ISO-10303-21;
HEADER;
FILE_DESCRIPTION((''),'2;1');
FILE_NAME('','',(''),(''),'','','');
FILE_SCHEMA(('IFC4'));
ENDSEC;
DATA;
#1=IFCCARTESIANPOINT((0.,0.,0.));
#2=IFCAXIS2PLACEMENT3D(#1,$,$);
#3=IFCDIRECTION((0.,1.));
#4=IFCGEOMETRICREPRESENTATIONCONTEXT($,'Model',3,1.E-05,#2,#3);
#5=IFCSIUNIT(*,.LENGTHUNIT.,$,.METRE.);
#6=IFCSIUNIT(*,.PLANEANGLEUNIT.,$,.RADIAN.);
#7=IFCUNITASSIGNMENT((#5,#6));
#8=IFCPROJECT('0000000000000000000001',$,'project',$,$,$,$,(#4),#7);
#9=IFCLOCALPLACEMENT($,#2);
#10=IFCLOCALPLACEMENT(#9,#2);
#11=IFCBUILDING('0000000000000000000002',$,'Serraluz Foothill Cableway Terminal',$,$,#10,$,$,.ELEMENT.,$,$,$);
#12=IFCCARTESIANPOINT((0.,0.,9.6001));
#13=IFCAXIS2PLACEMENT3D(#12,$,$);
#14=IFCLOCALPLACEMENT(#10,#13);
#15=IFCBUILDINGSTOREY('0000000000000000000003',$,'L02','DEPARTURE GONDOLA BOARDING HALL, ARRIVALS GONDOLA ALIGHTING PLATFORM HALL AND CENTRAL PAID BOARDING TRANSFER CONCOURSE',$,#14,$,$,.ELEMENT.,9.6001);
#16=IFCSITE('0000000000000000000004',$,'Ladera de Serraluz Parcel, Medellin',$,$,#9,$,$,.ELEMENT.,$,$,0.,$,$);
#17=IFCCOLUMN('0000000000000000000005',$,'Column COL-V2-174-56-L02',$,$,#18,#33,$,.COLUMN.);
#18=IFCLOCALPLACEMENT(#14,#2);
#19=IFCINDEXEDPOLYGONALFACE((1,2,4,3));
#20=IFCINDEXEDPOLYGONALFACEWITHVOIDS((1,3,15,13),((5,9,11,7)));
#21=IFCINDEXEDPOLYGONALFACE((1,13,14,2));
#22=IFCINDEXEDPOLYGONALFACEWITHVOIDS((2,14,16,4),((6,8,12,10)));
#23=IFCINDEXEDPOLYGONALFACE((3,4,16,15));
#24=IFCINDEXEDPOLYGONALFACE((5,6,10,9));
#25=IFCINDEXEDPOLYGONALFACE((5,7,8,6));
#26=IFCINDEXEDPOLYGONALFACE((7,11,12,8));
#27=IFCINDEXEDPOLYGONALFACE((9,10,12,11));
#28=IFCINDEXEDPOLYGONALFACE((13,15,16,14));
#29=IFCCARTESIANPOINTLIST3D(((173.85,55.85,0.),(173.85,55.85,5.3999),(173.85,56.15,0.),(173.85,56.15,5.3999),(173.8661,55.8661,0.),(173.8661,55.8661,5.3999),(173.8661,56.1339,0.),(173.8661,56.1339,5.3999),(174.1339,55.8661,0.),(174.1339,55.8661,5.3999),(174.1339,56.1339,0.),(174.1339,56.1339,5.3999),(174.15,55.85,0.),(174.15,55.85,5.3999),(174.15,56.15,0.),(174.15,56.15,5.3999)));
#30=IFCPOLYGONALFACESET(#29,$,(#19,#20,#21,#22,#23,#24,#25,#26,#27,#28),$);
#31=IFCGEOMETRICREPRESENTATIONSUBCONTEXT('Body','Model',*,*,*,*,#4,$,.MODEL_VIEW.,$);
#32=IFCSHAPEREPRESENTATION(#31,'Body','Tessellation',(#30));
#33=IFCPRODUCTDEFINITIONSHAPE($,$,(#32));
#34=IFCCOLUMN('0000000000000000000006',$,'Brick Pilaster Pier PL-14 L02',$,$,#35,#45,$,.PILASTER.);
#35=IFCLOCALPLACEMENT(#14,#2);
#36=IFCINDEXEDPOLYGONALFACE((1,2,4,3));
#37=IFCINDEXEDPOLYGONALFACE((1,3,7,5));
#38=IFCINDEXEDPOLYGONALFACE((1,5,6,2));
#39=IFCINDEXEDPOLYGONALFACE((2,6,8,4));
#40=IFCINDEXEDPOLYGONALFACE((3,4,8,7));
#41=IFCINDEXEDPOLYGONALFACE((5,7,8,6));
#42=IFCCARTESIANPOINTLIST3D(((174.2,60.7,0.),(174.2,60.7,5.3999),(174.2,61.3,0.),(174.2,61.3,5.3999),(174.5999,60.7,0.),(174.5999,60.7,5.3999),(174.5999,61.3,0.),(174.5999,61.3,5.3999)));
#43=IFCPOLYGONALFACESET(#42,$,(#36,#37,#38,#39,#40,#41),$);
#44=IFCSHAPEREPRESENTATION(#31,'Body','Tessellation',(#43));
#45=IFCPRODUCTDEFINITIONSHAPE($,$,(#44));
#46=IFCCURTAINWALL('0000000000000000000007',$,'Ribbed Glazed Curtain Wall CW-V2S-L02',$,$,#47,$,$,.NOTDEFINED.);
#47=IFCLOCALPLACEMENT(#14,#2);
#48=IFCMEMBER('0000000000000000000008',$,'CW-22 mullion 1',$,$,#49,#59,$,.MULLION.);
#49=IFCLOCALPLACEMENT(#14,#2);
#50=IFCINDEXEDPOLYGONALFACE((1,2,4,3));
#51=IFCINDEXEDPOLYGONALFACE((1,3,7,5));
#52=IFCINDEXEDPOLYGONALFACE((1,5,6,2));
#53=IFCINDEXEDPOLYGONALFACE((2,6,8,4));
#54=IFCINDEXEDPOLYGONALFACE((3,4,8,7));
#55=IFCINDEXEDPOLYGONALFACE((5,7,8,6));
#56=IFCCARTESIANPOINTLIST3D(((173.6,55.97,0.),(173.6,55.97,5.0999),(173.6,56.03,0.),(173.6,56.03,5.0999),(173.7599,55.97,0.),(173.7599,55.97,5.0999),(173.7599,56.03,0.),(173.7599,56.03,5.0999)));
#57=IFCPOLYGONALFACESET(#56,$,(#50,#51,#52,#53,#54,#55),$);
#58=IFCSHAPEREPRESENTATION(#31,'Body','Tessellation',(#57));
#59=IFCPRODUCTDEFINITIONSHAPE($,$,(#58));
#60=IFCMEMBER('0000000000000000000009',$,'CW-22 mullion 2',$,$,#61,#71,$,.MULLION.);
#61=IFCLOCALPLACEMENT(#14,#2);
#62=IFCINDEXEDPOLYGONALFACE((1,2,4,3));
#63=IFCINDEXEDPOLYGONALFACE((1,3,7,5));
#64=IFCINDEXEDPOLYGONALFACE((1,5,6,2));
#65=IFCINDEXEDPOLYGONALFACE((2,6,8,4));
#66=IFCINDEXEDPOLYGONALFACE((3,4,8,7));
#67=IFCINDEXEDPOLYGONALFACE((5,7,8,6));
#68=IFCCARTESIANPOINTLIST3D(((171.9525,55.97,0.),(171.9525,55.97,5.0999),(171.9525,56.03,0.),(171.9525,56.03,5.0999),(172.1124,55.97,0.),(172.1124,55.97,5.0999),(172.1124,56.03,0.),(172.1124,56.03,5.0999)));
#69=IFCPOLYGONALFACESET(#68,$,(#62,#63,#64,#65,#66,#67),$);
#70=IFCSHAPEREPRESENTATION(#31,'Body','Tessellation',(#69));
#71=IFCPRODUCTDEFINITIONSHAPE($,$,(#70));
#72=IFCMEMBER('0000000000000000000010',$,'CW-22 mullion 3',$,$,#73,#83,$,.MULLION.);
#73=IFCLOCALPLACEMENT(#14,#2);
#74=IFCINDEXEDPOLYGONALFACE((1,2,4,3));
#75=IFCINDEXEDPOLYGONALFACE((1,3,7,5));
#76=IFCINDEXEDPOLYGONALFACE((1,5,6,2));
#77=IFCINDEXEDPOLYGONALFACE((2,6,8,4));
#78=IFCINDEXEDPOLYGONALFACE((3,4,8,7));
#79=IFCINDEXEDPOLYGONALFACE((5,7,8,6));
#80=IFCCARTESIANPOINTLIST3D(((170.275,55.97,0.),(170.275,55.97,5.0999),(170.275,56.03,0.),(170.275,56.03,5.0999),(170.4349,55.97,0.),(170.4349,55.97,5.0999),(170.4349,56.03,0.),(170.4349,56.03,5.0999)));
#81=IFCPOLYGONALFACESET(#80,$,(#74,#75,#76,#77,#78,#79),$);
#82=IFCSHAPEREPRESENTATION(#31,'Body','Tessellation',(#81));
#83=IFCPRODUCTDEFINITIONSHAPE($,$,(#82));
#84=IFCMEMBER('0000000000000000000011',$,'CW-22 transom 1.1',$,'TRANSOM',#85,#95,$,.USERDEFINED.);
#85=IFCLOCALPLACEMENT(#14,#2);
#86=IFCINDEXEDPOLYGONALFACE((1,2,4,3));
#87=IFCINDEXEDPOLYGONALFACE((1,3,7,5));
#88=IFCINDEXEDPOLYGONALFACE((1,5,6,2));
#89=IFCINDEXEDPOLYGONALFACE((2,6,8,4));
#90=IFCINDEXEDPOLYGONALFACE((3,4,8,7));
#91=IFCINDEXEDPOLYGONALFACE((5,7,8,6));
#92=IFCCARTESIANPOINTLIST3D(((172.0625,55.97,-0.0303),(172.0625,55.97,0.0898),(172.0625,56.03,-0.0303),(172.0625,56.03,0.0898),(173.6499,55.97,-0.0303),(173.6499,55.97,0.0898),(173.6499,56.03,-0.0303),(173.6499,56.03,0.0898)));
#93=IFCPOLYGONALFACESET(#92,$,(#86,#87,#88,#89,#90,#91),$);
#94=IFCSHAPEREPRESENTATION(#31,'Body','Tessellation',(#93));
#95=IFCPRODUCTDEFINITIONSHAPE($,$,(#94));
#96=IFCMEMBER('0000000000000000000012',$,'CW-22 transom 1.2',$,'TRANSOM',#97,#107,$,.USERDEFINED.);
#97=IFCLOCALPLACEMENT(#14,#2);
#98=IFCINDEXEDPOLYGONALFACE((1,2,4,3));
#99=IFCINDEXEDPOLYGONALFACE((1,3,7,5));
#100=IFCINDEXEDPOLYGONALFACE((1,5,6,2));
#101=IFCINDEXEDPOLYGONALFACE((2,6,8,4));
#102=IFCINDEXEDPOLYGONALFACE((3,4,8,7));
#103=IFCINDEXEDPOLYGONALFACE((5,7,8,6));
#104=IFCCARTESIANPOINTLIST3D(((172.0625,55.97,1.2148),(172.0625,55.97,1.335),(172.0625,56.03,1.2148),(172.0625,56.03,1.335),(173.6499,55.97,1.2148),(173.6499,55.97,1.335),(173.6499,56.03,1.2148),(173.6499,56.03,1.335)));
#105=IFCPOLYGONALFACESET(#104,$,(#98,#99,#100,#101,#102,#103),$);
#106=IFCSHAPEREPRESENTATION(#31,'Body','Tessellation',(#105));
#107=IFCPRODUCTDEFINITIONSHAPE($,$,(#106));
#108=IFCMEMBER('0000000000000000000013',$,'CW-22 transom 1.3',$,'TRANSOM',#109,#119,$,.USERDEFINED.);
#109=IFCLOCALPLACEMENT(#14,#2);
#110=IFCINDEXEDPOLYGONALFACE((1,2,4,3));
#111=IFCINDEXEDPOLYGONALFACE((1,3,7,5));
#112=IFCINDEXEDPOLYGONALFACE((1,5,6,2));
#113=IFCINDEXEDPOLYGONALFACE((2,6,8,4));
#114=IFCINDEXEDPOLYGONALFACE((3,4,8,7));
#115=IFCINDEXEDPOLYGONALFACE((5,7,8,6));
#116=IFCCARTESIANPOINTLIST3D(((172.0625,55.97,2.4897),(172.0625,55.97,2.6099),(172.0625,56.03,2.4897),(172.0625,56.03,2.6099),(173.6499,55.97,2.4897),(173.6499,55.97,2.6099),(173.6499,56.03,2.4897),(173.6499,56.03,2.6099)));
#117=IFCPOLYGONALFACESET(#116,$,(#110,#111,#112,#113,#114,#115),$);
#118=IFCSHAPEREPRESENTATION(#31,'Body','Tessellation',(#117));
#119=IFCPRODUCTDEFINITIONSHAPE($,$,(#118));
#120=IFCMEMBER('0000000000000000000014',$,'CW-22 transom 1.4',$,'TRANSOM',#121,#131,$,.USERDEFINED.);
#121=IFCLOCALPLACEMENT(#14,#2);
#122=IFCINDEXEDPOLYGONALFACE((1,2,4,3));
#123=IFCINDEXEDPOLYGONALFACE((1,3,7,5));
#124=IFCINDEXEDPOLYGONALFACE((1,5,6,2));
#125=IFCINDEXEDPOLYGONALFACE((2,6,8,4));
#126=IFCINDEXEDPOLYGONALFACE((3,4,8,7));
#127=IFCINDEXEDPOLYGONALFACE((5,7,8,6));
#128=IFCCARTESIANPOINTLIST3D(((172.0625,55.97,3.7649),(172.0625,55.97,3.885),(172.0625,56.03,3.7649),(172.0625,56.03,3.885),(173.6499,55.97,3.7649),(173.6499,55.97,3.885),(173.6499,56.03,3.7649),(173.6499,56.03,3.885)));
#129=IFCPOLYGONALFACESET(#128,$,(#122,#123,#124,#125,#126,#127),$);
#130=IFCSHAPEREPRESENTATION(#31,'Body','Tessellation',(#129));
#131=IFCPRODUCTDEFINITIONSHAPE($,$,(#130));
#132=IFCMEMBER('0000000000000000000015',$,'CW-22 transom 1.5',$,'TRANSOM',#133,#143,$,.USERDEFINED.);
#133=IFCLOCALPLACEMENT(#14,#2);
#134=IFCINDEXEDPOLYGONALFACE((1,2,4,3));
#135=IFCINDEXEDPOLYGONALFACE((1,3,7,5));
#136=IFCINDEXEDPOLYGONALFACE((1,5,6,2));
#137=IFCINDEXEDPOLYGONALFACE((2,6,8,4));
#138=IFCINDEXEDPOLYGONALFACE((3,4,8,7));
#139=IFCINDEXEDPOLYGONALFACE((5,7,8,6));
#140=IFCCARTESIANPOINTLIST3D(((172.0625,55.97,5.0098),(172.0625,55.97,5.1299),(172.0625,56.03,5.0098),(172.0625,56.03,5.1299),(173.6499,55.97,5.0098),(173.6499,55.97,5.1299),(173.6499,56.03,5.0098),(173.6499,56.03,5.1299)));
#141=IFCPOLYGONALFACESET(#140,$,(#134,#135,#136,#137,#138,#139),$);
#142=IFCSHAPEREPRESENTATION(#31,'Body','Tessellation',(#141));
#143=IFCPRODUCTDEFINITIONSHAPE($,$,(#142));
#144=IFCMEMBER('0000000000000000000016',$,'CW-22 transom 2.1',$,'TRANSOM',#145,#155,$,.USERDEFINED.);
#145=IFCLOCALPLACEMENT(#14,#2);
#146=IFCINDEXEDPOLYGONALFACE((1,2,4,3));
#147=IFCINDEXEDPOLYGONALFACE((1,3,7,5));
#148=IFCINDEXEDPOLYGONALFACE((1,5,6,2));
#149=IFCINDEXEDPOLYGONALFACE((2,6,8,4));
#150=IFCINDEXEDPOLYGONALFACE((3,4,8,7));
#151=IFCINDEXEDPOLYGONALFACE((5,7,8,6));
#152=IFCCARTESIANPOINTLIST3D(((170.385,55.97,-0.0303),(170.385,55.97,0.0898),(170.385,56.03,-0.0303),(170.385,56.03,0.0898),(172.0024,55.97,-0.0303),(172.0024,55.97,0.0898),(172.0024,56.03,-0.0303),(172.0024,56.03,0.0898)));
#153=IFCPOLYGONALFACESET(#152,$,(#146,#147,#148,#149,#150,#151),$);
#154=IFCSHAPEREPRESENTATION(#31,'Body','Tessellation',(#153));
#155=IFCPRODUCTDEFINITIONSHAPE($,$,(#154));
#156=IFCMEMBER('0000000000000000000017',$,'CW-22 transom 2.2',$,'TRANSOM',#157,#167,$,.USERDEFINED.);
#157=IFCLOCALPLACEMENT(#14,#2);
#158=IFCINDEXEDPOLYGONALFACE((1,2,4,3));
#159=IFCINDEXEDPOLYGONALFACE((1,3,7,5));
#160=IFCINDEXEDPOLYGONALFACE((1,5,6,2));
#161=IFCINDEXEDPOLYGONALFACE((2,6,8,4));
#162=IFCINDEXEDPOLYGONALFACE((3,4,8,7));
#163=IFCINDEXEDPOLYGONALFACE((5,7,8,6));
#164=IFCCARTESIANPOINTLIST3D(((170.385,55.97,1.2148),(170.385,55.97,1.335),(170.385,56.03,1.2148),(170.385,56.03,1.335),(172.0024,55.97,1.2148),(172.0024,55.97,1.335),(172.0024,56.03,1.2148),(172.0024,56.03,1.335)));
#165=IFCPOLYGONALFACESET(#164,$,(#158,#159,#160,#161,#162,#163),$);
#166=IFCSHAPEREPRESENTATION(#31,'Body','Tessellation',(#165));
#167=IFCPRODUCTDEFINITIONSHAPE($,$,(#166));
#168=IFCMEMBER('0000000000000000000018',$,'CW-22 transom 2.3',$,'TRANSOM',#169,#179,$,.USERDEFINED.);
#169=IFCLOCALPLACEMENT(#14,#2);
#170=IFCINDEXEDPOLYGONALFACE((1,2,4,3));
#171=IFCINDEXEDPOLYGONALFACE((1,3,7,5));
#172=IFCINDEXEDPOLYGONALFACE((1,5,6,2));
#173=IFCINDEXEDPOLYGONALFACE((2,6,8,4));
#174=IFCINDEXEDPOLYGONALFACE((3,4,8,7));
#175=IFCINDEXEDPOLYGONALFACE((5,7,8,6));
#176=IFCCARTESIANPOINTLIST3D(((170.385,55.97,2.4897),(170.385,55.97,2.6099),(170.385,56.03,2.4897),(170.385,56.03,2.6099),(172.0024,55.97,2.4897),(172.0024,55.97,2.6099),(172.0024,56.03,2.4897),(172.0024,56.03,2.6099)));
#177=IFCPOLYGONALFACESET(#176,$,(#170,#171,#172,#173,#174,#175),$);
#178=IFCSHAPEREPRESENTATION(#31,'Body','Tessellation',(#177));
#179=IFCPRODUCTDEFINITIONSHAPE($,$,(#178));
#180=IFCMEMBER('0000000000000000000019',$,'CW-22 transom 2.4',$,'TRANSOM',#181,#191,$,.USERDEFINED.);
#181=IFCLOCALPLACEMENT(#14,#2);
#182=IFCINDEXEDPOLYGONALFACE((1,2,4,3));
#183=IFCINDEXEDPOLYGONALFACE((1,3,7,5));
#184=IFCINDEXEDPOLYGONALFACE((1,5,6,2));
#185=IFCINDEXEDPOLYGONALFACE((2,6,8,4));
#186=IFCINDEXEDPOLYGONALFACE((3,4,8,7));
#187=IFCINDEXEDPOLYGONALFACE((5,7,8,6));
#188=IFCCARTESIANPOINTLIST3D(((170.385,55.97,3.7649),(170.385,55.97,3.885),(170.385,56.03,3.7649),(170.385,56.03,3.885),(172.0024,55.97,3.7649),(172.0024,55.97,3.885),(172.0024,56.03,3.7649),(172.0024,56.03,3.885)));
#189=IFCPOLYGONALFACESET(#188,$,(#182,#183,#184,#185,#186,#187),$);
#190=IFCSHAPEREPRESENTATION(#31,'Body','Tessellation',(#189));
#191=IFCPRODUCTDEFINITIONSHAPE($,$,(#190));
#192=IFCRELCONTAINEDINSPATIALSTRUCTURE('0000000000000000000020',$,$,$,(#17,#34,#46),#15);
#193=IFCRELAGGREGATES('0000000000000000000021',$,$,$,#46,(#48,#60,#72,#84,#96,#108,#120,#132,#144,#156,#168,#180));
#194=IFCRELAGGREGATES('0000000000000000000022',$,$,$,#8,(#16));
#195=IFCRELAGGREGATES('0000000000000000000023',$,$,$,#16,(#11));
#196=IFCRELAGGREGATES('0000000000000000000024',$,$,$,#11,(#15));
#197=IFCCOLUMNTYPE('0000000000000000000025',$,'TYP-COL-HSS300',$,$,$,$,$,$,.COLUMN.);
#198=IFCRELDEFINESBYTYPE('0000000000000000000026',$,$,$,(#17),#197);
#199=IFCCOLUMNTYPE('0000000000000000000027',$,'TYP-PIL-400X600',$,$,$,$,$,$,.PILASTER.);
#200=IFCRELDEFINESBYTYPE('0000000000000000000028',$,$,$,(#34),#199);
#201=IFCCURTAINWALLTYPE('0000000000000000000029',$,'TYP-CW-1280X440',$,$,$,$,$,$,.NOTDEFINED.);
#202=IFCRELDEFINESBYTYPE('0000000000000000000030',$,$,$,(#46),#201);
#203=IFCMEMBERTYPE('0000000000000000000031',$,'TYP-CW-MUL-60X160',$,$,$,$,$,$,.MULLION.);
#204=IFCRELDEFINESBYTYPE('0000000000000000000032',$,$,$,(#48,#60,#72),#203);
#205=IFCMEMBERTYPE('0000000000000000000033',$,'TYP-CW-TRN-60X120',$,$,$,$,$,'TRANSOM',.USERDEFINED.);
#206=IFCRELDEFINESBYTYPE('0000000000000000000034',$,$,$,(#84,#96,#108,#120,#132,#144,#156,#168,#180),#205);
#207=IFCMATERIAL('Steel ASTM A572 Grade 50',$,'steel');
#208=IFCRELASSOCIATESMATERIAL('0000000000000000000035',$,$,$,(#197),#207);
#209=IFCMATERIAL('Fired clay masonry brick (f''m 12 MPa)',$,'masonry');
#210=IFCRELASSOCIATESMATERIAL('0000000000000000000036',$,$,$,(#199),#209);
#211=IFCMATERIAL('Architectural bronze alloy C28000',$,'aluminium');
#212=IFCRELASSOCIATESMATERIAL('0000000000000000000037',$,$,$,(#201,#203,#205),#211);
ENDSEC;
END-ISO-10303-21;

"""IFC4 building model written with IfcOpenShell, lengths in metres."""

from ifc_helpers import new_model, si_unit, direction, frame, origin, origin_2d, place, context, subcontext, project, spatial, rectangle, hollow_rectangle, extrude, material, material_profile, profile_set, type_object, element, aggregate, save


model = new_model("IFC4")

# Units and contexts
model_context = context("Model", 3, precision=1e-05, world=origin(), true_north=direction((0.0, 1.0)))
body_context = subcontext(model_context, "Body", "Model", "MODEL_VIEW")
ifc_project = project(units=[si_unit("LENGTHUNIT", "METRE"), si_unit("PLANEANGLEUNIT", "RADIAN")], contexts=[model_context])

# Site, building, storey
site_placement = place(None, origin())
site = spatial("IfcSite", under=ifc_project, at=site_placement, Name="Ladera de Serraluz Parcel, Medellin", CompositionType="ELEMENT", RefElevation=0.0)
building_placement = place(site_placement, origin())
building = spatial("IfcBuilding", under=site, at=building_placement, Name="Serraluz Foothill Cableway Terminal", CompositionType="ELEMENT")
storey_placement = place(building_placement, frame((0.0, 0.0, 9.6001)))
storey = spatial("IfcBuildingStorey", under=building, at=storey_placement, Name="L02", Description="DEPARTURE GONDOLA BOARDING HALL, ARRIVALS GONDOLA ALIGHTING PLATFORM HALL AND CENTRAL PAID BOARDING TRANSFER CONCOURSE", CompositionType="ELEMENT", Elevation=9.6001)

# Columns
ifc_material_1 = material(Name="Steel ASTM A572 Grade 50", Category="steel")
ifc_material_profile_1 = material_profile(ifc_material_1, hollow_rectangle(XDim=0.3, YDim=0.3, WallThickness=0.0161, at=origin_2d()), Name="HSS300X300X16")
ifc_profile_set_1 = profile_set([ifc_material_profile_1], Name="Steel ASTM A572 Grade 50")
column_type_1 = type_object("IfcColumnType", Name="TYP-COL-HSS300", PredefinedType="COLUMN", material=ifc_profile_set_1)
column_1_placement = place(storey_placement, frame((174.0, 56.0, 0.0), z_axis=(0.0, 0.0, 1.0), x_axis=(1.0, 0.0, 0.0)))
element("IfcColumn", 1, at=column_1_placement, inside=storey, type_object=column_type_1, Name="Column COL-V2-174-56-L02", PredefinedType="COLUMN", context=body_context, shape_type="SweptSolid", body=[
    extrude(hollow_rectangle(XDim=0.3, YDim=0.3, WallThickness=0.0161, at=origin_2d()), origin(), (0.0, 0.0, 1.0), 5.3999),
])
ifc_material_2 = material(Name="Fired clay masonry brick (f'm 12 MPa)", Category="masonry")
ifc_material_profile_2 = material_profile(ifc_material_2, rectangle(XDim=0.3999, YDim=0.6001, at=origin_2d()), Name="PIL 400x600")
ifc_profile_set_2 = profile_set([ifc_material_profile_2], Name="Fired clay masonry brick (f'm 12 MPa)")
column_type_2 = type_object("IfcColumnType", Name="TYP-PIL-400X600", PredefinedType="PILASTER", material=ifc_profile_set_2)
column_2_placement = place(storey_placement, frame((174.3999, 61.0, 0.0), z_axis=(0.0, 0.0, 1.0), x_axis=(1.0, 0.0, 0.0)))
element("IfcColumn", 2, at=column_2_placement, inside=storey, type_object=column_type_2, Name="Brick Pilaster Pier PL-14 L02", PredefinedType="PILASTER", context=body_context, shape_type="SweptSolid", body=[
    extrude(rectangle(XDim=0.3999, YDim=0.6001, at=origin_2d()), origin(), (0.0, 0.0, 1.0), 5.3999),
])

# Curtain wall, members
ifc_material_3 = material(Name="Architectural bronze alloy C28000", Category="aluminium")
curtain_wall_type = type_object("IfcCurtainWallType", Name="TYP-CW-1280X440", PredefinedType="NOTDEFINED", material=ifc_material_3)
curtain_wall_placement = place(storey_placement, origin())
curtain_wall = element("IfcCurtainWall", 3, at=curtain_wall_placement, inside=storey, type_object=curtain_wall_type, Name="Ribbed Glazed Curtain Wall CW-V2S-L02", PredefinedType="NOTDEFINED")
ifc_material_profile_3 = material_profile(ifc_material_3, rectangle(XDim=0.0601, YDim=0.1599, at=origin_2d()), Name="ALU MULLION 60x160")
ifc_profile_set_3 = profile_set([ifc_material_profile_3], Name="Architectural bronze alloy C28000")
member_type_1 = type_object("IfcMemberType", Name="TYP-CW-MUL-60X160", PredefinedType="MULLION", material=ifc_profile_set_3)
member_1_placement = place(storey_placement, frame((173.6799, 56.0, 0.0), z_axis=(0.0, 0.0, 1.0), x_axis=(0.0, -1.0, 0.0)))
member_1 = element("IfcMember", 4, at=member_1_placement, type_object=member_type_1, Name="CW-22 mullion 1", PredefinedType="MULLION", context=body_context, shape_type="SweptSolid", body=[
    extrude(rectangle(XDim=0.0601, YDim=0.1599, at=origin_2d()), origin(), (0.0, 0.0, 1.0), 5.0999),
])
member_2_placement = place(storey_placement, frame((172.0325, 56.0, 0.0), z_axis=(0.0, 0.0, 1.0), x_axis=(0.0, -1.0, 0.0)))
member_2 = element("IfcMember", 5, at=member_2_placement, type_object=member_type_1, Name="CW-22 mullion 2", PredefinedType="MULLION", context=body_context, shape_type="SweptSolid", body=[
    extrude(rectangle(XDim=0.0601, YDim=0.1599, at=origin_2d()), origin(), (0.0, 0.0, 1.0), 5.0999),
])
member_3_placement = place(storey_placement, frame((170.355, 56.0, 0.0), z_axis=(0.0, 0.0, 1.0), x_axis=(0.0, -1.0, 0.0)))
member_3 = element("IfcMember", 6, at=member_3_placement, type_object=member_type_1, Name="CW-22 mullion 3", PredefinedType="MULLION", context=body_context, shape_type="SweptSolid", body=[
    extrude(rectangle(XDim=0.0601, YDim=0.1599, at=origin_2d()), origin(), (0.0, 0.0, 1.0), 5.0999),
])
ifc_material_profile_4 = material_profile(ifc_material_3, rectangle(XDim=0.0601, YDim=0.1201, at=origin_2d()), Name="ALU TRANSOM 60x120")
ifc_profile_set_4 = profile_set([ifc_material_profile_4], Name="Architectural bronze alloy C28000")
member_type_2 = type_object("IfcMemberType", Name="TYP-CW-TRN-60X120", ElementType="TRANSOM", PredefinedType="USERDEFINED", material=ifc_profile_set_4)
member_4_placement = place(storey_placement, frame((173.6499, 56.0, 0.0298), z_axis=(-1.0, 0.0, 0.0), x_axis=(0.0, -1.0, 0.0)))
member_4 = element("IfcMember", 7, at=member_4_placement, type_object=member_type_2, Name="CW-22 transom 1.1", ObjectType="TRANSOM", PredefinedType="USERDEFINED", context=body_context, shape_type="SweptSolid", body=[
    extrude(rectangle(XDim=0.0601, YDim=0.1201, at=origin_2d()), origin(), (0.0, 0.0, 1.0), 1.5874),
])
member_5_placement = place(storey_placement, frame((173.6499, 56.0, 1.2749), z_axis=(-1.0, 0.0, 0.0), x_axis=(0.0, -1.0, 0.0)))
member_5 = element("IfcMember", 8, at=member_5_placement, type_object=member_type_2, Name="CW-22 transom 1.2", ObjectType="TRANSOM", PredefinedType="USERDEFINED", context=body_context, shape_type="SweptSolid", body=[
    extrude(rectangle(XDim=0.0601, YDim=0.1201, at=origin_2d()), origin(), (0.0, 0.0, 1.0), 1.5874),
])
member_6_placement = place(storey_placement, frame((173.6499, 56.0, 2.5498), z_axis=(-1.0, 0.0, 0.0), x_axis=(0.0, -1.0, 0.0)))
member_6 = element("IfcMember", 9, at=member_6_placement, type_object=member_type_2, Name="CW-22 transom 1.3", ObjectType="TRANSOM", PredefinedType="USERDEFINED", context=body_context, shape_type="SweptSolid", body=[
    extrude(rectangle(XDim=0.0601, YDim=0.1201, at=origin_2d()), origin(), (0.0, 0.0, 1.0), 1.5874),
])
member_7_placement = place(storey_placement, frame((173.6499, 56.0, 3.825), z_axis=(-1.0, 0.0, 0.0), x_axis=(0.0, -1.0, 0.0)))
member_7 = element("IfcMember", 10, at=member_7_placement, type_object=member_type_2, Name="CW-22 transom 1.4", ObjectType="TRANSOM", PredefinedType="USERDEFINED", context=body_context, shape_type="SweptSolid", body=[
    extrude(rectangle(XDim=0.0601, YDim=0.1201, at=origin_2d()), origin(), (0.0, 0.0, 1.0), 1.5874),
])
member_8_placement = place(storey_placement, frame((173.6499, 56.0, 5.0698), z_axis=(-1.0, 0.0, 0.0), x_axis=(0.0, -1.0, 0.0)))
member_8 = element("IfcMember", 11, at=member_8_placement, type_object=member_type_2, Name="CW-22 transom 1.5", ObjectType="TRANSOM", PredefinedType="USERDEFINED", context=body_context, shape_type="SweptSolid", body=[
    extrude(rectangle(XDim=0.0601, YDim=0.1201, at=origin_2d()), origin(), (0.0, 0.0, 1.0), 1.5874),
])
member_9_placement = place(storey_placement, frame((172.0024, 56.0, 0.0298), z_axis=(-1.0, 0.0, 0.0), x_axis=(0.0, -1.0, 0.0)))
member_9 = element("IfcMember", 12, at=member_9_placement, type_object=member_type_2, Name="CW-22 transom 2.1", ObjectType="TRANSOM", PredefinedType="USERDEFINED", context=body_context, shape_type="SweptSolid", body=[
    extrude(rectangle(XDim=0.0601, YDim=0.1201, at=origin_2d()), origin(), (0.0, 0.0, 1.0), 1.6174),
])
member_10_placement = place(storey_placement, frame((172.0024, 56.0, 1.2749), z_axis=(-1.0, 0.0, 0.0), x_axis=(0.0, -1.0, 0.0)))
member_10 = element("IfcMember", 13, at=member_10_placement, type_object=member_type_2, Name="CW-22 transom 2.2", ObjectType="TRANSOM", PredefinedType="USERDEFINED", context=body_context, shape_type="SweptSolid", body=[
    extrude(rectangle(XDim=0.0601, YDim=0.1201, at=origin_2d()), origin(), (0.0, 0.0, 1.0), 1.6174),
])
member_11_placement = place(storey_placement, frame((172.0024, 56.0, 2.5498), z_axis=(-1.0, 0.0, 0.0), x_axis=(0.0, -1.0, 0.0)))
member_11 = element("IfcMember", 14, at=member_11_placement, type_object=member_type_2, Name="CW-22 transom 2.3", ObjectType="TRANSOM", PredefinedType="USERDEFINED", context=body_context, shape_type="SweptSolid", body=[
    extrude(rectangle(XDim=0.0601, YDim=0.1201, at=origin_2d()), origin(), (0.0, 0.0, 1.0), 1.6174),
])
member_12_placement = place(storey_placement, frame((172.0024, 56.0, 3.825), z_axis=(-1.0, 0.0, 0.0), x_axis=(0.0, -1.0, 0.0)))
member_12 = element("IfcMember", 15, at=member_12_placement, type_object=member_type_2, Name="CW-22 transom 2.4", ObjectType="TRANSOM", PredefinedType="USERDEFINED", context=body_context, shape_type="SweptSolid", body=[
    extrude(rectangle(XDim=0.0601, YDim=0.1201, at=origin_2d()), origin(), (0.0, 0.0, 1.0), 1.6174),
])
aggregate(curtain_wall, [member_1, member_2, member_3, member_4, member_5, member_6, member_7, member_8, member_9, member_10, member_11, member_12])

save(model, "model.ifc")
